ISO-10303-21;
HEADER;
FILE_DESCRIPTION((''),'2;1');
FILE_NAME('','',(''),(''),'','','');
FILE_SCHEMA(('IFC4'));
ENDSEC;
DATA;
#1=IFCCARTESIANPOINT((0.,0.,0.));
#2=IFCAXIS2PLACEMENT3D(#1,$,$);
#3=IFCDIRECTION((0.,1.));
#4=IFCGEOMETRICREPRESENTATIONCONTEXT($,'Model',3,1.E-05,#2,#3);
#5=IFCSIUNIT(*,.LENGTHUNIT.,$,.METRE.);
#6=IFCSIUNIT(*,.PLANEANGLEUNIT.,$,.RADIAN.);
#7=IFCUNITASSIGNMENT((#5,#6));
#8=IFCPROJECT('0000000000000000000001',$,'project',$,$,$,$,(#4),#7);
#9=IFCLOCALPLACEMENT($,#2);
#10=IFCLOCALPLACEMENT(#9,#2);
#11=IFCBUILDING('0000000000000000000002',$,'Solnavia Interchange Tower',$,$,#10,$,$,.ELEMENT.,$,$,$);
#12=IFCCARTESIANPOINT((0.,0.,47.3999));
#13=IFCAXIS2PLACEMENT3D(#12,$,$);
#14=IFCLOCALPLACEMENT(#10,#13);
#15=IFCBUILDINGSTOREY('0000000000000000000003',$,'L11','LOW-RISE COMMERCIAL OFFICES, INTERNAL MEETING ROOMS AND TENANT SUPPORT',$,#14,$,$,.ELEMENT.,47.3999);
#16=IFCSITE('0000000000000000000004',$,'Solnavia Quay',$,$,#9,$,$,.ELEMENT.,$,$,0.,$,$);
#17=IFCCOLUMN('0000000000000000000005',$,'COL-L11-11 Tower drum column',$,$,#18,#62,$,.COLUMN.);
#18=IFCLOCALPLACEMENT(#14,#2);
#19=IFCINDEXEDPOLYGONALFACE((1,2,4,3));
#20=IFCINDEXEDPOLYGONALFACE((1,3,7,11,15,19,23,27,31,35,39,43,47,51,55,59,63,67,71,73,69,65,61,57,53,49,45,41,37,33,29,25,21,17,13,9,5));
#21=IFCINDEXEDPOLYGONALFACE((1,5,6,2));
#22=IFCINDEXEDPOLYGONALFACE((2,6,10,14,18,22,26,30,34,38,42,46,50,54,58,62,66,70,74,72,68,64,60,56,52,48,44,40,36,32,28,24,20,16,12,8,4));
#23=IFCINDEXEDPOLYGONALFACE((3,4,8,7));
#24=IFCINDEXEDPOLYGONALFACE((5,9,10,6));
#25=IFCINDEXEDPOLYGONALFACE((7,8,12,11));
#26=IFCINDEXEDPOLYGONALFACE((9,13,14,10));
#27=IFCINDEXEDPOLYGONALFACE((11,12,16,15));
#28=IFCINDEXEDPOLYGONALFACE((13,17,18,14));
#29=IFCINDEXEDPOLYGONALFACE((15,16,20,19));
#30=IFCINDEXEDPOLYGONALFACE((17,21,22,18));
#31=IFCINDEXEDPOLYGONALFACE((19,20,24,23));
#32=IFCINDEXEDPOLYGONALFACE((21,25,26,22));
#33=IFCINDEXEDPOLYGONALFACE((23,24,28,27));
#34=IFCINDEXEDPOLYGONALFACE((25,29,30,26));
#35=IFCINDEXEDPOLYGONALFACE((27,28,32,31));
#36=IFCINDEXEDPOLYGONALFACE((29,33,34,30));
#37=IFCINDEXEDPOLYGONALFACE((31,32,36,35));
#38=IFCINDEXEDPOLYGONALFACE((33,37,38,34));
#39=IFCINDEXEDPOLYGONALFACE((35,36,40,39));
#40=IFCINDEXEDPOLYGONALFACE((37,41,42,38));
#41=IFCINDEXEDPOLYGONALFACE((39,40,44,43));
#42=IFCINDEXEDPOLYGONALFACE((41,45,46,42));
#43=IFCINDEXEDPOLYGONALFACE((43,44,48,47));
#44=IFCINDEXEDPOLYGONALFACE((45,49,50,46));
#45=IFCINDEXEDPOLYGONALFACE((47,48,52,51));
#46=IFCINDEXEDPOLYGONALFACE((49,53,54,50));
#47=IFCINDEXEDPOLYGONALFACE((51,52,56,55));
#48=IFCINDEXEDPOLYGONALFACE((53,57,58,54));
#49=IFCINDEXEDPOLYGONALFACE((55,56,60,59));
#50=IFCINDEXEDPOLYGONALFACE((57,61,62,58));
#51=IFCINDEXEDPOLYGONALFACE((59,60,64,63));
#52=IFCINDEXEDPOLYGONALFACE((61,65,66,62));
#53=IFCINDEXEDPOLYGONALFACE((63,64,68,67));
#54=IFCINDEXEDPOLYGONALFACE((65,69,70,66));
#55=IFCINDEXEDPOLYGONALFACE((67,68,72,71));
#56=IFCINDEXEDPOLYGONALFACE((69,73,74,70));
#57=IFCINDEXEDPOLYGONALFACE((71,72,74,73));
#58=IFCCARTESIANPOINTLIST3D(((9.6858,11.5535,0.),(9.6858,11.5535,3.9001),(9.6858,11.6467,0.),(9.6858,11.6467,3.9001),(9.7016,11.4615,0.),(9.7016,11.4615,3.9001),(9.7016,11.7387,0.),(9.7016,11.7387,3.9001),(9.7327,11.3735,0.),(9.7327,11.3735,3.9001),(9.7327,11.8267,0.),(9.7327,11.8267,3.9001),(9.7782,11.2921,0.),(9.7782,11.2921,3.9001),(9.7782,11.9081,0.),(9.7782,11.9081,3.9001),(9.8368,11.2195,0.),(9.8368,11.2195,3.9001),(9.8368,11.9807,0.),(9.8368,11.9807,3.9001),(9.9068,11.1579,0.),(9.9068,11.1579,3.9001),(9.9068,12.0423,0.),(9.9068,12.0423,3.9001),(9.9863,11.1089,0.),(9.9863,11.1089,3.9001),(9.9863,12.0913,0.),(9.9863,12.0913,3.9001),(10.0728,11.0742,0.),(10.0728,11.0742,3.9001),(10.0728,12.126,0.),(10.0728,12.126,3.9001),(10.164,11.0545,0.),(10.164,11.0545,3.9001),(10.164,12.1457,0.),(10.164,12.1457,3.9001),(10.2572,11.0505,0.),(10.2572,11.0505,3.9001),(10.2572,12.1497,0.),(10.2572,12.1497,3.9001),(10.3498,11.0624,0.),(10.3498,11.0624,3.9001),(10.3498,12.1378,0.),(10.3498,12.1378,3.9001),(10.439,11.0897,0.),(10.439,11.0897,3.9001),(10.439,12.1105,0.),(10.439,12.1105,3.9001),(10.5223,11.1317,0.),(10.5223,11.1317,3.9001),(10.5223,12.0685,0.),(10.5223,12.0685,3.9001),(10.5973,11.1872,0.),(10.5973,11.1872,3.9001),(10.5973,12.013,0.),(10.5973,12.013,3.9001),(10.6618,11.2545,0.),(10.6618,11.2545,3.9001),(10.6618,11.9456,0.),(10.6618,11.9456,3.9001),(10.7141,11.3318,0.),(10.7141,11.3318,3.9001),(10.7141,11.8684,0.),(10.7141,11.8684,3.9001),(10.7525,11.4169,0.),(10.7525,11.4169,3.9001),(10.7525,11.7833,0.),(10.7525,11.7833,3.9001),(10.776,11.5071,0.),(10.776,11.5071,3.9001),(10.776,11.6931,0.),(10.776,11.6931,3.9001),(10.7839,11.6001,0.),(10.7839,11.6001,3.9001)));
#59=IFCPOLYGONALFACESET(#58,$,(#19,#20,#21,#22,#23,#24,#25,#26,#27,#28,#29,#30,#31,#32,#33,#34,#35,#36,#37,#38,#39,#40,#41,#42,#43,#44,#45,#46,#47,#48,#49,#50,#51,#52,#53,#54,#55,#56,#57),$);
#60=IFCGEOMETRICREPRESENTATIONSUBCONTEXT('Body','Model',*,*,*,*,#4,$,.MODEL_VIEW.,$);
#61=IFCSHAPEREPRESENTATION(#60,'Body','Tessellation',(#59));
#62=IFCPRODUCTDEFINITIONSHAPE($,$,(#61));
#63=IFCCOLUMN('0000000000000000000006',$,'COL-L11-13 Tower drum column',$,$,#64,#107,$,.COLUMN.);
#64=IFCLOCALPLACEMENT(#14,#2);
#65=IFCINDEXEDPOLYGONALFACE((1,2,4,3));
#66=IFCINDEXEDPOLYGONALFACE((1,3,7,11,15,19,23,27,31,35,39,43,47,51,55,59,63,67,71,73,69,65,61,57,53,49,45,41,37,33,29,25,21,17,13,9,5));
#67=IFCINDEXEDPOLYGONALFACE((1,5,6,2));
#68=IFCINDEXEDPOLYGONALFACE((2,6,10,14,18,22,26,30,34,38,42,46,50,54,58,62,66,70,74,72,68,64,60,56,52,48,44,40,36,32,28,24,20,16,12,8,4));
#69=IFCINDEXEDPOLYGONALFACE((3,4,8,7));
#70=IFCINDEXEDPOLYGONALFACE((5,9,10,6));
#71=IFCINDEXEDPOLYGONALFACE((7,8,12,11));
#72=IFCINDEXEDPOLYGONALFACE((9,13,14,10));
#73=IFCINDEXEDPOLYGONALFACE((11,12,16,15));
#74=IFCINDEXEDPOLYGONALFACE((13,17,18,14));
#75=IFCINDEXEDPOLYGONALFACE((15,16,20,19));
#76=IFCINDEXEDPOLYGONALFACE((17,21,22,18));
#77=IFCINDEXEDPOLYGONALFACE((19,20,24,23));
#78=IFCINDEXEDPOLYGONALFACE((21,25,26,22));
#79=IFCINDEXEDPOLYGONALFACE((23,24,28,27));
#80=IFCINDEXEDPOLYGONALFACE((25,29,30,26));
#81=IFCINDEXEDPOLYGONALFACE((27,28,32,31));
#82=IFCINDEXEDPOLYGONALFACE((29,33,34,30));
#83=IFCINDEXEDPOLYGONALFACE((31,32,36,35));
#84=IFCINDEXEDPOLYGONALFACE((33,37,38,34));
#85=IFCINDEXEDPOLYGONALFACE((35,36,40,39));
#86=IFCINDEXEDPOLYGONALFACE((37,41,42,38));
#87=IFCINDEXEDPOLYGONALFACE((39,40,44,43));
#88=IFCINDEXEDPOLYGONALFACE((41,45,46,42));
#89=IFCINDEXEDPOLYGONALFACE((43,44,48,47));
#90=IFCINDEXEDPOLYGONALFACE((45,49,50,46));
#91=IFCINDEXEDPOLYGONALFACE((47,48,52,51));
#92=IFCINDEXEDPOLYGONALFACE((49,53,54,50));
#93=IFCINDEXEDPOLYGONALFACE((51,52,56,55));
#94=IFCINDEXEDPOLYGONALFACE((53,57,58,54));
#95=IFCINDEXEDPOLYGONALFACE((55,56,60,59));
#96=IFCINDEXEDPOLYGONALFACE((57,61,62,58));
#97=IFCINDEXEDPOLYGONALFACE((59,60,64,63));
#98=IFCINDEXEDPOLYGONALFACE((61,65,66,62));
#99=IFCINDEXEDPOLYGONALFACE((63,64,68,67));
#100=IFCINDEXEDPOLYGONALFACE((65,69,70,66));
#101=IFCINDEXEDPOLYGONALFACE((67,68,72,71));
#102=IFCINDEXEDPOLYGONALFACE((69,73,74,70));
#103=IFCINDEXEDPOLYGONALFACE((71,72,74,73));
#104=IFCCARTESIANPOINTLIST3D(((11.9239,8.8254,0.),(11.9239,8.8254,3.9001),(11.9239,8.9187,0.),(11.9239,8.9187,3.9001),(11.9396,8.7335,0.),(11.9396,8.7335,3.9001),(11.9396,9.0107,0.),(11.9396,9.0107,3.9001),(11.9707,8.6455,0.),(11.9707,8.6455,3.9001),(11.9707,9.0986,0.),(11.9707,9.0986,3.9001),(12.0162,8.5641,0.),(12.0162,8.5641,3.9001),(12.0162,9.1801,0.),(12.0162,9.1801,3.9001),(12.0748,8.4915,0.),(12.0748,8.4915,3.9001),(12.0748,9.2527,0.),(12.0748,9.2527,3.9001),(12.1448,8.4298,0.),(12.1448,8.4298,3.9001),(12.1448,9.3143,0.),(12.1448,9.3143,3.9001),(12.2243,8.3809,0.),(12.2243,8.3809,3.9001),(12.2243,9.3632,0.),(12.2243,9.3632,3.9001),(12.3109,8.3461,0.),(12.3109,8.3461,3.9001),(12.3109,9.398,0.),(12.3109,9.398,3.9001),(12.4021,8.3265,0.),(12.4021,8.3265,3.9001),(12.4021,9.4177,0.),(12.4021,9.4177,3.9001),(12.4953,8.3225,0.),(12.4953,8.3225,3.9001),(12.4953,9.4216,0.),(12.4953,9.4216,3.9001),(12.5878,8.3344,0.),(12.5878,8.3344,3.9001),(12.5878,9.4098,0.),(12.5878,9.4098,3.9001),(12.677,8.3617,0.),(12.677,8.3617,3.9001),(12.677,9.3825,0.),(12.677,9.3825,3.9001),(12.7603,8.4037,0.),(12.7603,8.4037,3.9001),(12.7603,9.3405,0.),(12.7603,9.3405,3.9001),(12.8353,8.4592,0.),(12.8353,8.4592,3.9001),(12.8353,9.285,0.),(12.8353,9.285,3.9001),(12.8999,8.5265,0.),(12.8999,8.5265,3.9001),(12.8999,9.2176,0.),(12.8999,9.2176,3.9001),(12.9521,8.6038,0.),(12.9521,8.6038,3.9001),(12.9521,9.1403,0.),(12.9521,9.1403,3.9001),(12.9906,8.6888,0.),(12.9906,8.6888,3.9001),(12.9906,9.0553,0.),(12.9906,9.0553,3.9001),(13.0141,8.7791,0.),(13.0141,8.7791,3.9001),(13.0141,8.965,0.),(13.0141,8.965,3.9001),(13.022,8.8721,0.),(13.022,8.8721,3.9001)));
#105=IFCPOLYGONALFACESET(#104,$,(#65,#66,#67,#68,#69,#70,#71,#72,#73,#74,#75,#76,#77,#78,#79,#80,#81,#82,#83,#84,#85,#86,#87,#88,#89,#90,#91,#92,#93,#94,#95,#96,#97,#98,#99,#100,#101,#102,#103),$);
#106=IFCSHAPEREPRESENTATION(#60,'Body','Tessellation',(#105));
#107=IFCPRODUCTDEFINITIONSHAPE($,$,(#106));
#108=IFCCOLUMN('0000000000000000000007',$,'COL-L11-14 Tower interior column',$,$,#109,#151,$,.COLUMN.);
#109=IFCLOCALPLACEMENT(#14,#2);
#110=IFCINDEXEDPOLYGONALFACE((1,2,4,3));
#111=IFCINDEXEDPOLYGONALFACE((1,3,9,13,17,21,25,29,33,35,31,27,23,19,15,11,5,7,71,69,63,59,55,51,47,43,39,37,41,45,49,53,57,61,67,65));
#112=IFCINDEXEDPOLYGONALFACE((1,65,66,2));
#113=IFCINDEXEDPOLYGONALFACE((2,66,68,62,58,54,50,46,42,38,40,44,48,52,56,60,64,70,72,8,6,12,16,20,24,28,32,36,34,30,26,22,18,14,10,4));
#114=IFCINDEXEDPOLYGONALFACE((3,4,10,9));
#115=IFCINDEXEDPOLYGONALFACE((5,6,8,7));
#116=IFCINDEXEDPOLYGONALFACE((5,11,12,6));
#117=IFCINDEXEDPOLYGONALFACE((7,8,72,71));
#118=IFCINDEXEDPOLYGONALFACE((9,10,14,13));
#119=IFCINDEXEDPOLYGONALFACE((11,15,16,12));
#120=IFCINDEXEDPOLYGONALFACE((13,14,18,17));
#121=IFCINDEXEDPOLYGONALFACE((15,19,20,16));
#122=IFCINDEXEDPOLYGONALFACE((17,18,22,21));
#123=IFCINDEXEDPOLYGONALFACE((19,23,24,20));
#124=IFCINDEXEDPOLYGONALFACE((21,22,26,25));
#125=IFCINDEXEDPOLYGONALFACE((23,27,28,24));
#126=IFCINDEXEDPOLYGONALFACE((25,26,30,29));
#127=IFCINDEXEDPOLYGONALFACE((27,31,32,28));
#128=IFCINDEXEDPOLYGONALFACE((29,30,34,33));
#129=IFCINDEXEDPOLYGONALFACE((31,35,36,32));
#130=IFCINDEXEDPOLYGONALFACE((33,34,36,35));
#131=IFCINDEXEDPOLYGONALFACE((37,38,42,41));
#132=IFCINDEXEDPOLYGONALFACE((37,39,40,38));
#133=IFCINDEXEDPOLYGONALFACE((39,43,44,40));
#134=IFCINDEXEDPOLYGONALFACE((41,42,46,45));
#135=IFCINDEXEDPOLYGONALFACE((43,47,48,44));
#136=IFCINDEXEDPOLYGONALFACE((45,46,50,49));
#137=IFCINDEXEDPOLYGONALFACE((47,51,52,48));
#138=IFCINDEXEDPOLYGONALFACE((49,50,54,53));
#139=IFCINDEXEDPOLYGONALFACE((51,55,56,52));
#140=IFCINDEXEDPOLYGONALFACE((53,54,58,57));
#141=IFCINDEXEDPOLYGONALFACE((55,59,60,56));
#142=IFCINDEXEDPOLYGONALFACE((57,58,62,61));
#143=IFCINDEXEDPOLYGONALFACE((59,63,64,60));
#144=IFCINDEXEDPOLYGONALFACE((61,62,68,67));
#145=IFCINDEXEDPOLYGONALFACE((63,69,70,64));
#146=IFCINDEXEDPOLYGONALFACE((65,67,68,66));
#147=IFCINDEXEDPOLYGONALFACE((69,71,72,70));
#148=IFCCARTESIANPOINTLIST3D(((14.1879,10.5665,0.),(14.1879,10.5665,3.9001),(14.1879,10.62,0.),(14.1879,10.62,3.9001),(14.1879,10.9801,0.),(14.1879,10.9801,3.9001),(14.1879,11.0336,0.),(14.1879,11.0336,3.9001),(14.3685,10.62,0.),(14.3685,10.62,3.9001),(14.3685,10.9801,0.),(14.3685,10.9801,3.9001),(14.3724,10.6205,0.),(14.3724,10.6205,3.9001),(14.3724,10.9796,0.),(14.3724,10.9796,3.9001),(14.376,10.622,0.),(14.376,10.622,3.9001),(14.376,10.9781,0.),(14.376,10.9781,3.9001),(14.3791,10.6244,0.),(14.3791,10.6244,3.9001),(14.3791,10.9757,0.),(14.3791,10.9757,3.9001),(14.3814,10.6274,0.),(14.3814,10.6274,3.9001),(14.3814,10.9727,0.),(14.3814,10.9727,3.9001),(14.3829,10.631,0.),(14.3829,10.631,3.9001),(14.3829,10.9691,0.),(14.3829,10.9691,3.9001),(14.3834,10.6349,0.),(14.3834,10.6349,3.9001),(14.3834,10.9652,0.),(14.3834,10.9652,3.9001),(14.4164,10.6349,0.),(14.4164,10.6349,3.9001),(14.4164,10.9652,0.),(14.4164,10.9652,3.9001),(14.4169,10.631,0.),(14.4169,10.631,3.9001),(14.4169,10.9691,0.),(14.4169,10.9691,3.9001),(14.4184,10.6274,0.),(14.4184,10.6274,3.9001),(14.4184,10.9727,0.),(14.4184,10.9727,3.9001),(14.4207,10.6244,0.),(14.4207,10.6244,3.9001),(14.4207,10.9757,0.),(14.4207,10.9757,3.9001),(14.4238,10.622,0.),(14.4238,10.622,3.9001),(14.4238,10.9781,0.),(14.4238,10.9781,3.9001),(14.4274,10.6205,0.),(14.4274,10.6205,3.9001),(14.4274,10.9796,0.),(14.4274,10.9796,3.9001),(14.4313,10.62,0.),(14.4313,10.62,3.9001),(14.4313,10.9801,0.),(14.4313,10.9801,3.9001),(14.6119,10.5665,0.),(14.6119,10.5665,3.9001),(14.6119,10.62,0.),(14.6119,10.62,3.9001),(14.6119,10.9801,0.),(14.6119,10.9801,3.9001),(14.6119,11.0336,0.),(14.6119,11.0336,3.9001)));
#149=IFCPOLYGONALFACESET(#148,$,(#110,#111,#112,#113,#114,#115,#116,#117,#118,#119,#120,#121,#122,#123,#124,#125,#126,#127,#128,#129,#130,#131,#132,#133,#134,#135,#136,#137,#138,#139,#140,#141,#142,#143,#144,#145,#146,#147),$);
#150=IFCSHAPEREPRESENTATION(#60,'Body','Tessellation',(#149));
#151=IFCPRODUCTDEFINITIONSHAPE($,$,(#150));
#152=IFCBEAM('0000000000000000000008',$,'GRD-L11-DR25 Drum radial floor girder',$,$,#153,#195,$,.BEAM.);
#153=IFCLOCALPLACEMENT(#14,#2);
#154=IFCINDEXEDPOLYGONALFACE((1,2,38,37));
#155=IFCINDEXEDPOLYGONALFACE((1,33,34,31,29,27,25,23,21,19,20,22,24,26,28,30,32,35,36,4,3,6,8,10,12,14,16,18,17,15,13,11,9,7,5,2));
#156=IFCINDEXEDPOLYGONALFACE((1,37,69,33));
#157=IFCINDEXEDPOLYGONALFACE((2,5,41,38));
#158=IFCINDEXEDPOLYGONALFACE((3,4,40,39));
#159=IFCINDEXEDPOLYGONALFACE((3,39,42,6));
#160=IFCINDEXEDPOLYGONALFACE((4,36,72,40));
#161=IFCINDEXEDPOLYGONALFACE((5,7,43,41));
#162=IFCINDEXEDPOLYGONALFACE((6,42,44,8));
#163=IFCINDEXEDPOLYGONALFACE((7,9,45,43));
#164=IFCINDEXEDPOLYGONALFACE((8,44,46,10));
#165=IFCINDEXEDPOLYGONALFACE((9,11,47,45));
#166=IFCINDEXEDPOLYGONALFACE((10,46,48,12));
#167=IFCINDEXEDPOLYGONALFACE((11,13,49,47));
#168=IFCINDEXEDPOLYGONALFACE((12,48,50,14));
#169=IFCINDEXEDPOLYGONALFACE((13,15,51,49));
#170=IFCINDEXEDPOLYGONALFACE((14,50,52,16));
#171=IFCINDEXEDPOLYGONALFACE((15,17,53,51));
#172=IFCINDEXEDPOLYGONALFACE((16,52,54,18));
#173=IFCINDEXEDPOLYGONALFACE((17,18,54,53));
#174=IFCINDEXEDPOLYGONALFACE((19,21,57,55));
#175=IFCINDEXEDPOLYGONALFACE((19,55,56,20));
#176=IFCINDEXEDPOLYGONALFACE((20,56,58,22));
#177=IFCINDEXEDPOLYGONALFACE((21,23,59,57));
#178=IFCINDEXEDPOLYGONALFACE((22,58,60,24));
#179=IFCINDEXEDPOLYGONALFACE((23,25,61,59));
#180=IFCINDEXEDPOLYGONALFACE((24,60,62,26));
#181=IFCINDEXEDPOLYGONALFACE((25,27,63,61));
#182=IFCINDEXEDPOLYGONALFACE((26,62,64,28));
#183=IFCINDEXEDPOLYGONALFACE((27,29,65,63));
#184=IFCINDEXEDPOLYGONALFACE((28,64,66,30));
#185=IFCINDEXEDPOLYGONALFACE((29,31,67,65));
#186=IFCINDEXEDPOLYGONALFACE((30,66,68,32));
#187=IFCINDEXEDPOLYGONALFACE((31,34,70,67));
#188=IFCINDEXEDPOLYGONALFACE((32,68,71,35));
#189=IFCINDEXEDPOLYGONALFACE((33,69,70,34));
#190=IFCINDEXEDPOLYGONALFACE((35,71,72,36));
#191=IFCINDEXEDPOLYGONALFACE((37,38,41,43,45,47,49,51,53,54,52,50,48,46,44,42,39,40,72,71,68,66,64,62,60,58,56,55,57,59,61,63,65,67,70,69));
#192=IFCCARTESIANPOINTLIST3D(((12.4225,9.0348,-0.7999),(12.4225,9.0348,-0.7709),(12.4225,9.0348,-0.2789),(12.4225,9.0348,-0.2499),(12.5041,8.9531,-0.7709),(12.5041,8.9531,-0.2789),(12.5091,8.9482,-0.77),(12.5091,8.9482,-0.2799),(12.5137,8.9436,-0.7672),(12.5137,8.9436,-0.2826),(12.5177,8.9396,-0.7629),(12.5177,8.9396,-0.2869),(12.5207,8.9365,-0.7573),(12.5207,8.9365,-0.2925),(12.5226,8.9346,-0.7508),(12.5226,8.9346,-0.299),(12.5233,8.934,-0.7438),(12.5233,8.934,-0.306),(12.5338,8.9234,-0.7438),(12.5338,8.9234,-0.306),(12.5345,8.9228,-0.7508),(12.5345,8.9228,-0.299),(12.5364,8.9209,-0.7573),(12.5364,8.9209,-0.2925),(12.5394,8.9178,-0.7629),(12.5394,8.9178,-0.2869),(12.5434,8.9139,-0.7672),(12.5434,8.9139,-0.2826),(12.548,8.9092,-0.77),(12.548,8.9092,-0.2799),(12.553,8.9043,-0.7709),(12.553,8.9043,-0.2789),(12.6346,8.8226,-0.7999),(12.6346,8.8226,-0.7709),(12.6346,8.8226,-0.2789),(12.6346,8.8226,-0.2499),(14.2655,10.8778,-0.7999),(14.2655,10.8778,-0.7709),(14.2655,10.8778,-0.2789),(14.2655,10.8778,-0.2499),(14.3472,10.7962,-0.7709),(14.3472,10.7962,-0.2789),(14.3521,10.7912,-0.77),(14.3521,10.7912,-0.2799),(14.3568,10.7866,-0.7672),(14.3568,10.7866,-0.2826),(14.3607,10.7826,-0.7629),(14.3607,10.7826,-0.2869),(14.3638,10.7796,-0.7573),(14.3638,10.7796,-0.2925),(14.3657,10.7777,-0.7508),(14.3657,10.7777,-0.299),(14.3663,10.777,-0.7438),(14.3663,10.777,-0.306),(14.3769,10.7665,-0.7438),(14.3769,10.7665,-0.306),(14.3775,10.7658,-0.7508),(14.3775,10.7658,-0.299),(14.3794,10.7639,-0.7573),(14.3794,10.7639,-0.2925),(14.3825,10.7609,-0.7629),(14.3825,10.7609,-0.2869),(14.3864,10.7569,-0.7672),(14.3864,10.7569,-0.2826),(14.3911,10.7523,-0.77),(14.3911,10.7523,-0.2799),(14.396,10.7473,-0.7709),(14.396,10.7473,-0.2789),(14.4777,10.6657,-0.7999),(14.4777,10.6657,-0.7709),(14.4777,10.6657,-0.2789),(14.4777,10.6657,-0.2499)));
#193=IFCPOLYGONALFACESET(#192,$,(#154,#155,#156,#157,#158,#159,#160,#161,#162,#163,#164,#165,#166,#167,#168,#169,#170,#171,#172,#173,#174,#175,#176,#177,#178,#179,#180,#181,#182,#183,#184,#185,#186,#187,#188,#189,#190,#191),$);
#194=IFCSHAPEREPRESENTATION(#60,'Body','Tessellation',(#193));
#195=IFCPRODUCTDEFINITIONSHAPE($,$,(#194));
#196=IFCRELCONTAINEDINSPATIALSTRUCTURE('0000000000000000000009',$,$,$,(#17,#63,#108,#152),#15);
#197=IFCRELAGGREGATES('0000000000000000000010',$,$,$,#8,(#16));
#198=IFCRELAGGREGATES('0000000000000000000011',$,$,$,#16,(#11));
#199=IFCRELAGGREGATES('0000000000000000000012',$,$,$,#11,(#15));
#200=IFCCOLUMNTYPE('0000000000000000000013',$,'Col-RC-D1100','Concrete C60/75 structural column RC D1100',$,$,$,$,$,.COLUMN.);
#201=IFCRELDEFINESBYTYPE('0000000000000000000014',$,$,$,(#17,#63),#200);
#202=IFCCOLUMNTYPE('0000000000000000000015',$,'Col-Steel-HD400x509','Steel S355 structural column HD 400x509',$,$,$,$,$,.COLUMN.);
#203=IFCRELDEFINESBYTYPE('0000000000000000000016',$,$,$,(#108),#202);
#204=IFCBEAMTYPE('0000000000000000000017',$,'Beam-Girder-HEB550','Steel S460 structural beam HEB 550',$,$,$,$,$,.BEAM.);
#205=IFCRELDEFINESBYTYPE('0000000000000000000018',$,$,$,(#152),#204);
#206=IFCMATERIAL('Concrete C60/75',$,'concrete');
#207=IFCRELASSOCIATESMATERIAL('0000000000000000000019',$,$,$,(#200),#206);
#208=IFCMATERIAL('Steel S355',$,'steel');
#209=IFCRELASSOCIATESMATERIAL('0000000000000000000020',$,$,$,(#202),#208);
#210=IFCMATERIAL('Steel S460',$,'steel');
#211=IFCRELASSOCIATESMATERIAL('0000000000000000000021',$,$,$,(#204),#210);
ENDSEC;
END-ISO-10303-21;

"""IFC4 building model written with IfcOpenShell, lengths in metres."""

from ifc_helpers import new_model, si_unit, direction, frame, origin, origin_2d, place, context, subcontext, project, spatial, circle, i_section, extrude, material, material_profile, profile_set, type_object, element, save


model = new_model("IFC4")

# Units and contexts
model_context = context("Model", 3, precision=1e-05, world=origin(), true_north=direction((0.0, 1.0)))
body_context = subcontext(model_context, "Body", "Model", "MODEL_VIEW")
ifc_project = project(units=[si_unit("LENGTHUNIT", "METRE"), si_unit("PLANEANGLEUNIT", "RADIAN")], contexts=[model_context])

# Site, building, storey
site_placement = place(None, origin())
site = spatial("IfcSite", under=ifc_project, at=site_placement, Name="Solnavia Quay", CompositionType="ELEMENT", RefElevation=0.0)
building_placement = place(site_placement, origin())
building = spatial("IfcBuilding", under=site, at=building_placement, Name="Solnavia Interchange Tower", CompositionType="ELEMENT")
storey_placement = place(building_placement, frame((0.0, 0.0, 47.3999)))
storey = spatial("IfcBuildingStorey", under=building, at=storey_placement, Name="L11", Description="LOW-RISE COMMERCIAL OFFICES, INTERNAL MEETING ROOMS AND TENANT SUPPORT", CompositionType="ELEMENT", Elevation=47.3999)

# Columns
ifc_material_1 = material(Name="Concrete C60/75", Category="concrete")
ifc_material_profile_1 = material_profile(ifc_material_1, circle(Radius=0.55, at=origin_2d()), Name="RC D1100")
ifc_profile_set_1 = profile_set([ifc_material_profile_1], Name="Concrete C60/75")
column_type_1 = type_object("IfcColumnType", Name="Col-RC-D1100", Description="Concrete C60/75 structural column RC D1100", PredefinedType="COLUMN", material=ifc_profile_set_1)
for number, where, z_axis, x_axis, name in (
    (1, (10.2339, 11.6001, 0.0), (0.0, 0.0, 1.0), (1.0, 0.0, 0.0), "COL-L11-11 Tower drum column"),
    (2, (12.4719, 8.8721, 0.0), (0.0, 0.0, 1.0), (1.0, 0.0, 0.0), "COL-L11-13 Tower drum column"),
):
    element("IfcColumn", number, at=place(storey_placement, frame(where, z_axis=z_axis, x_axis=x_axis)), inside=storey, type_object=column_type_1, Name=name, PredefinedType="COLUMN", context=body_context, shape_type="SweptSolid", body=[
        extrude(circle(Radius=0.55, at=origin_2d()), origin(), (0.0, 0.0, 1.0), 3.9001),
    ])
ifc_material_2 = material(Name="Steel S355", Category="steel")
ifc_material_profile_2 = material_profile(ifc_material_2, i_section(OverallWidth=0.4241, OverallDepth=0.467, WebThickness=0.033, FlangeThickness=0.0535, FilletRadius=0.0149, at=origin_2d()), Name="HD 400x509")
ifc_profile_set_2 = profile_set([ifc_material_profile_2], Name="Steel S355")
column_type_2 = type_object("IfcColumnType", Name="Col-Steel-HD400x509", Description="Steel S355 structural column HD 400x509", PredefinedType="COLUMN", material=ifc_profile_set_2)
column_placement = place(storey_placement, frame((14.3999, 10.8, 0.0), z_axis=(0.0, 0.0, 1.0), x_axis=(1.0, 0.0, 0.0)))
element("IfcColumn", 3, at=column_placement, inside=storey, type_object=column_type_2, Name="COL-L11-14 Tower interior column", PredefinedType="COLUMN", context=body_context, shape_type="SweptSolid", body=[
    extrude(i_section(OverallWidth=0.4241, OverallDepth=0.467, WebThickness=0.033, FlangeThickness=0.0535, FilletRadius=0.0149, at=origin_2d()), origin(), (0.0, 0.0, 1.0), 3.9001),
])

# Beam
ifc_material_3 = material(Name="Steel S460", Category="steel")
ifc_material_profile_3 = material_profile(ifc_material_3, i_section(OverallWidth=0.3, OverallDepth=0.55, WebThickness=0.0149, FlangeThickness=0.0291, FilletRadius=0.0271, at=origin_2d()), Name="HEB 550")
ifc_profile_set_3 = profile_set([ifc_material_profile_3], Name="Steel S460")
beam_type_1 = type_object("IfcBeamType", Name="Beam-Girder-HEB550", Description="Steel S460 structural beam HEB 550", PredefinedType="BEAM", material=ifc_profile_set_3)
beam_1_placement = place(storey_placement, frame((12.5286, 8.9287, -0.5249), z_axis=(0.707107, 0.707107, 0.0), x_axis=(-0.707107, 0.707107, 0.0)))
element("IfcBeam", 4, at=beam_1_placement, inside=storey, type_object=beam_type_1, Name="GRD-L11-DR25 Drum radial floor girder", PredefinedType="BEAM", context=body_context, shape_type="SweptSolid", body=[
    extrude(i_section(OverallWidth=0.3, OverallDepth=0.55, WebThickness=0.0149, FlangeThickness=0.0291, FilletRadius=0.0271, at=origin_2d()), origin(), (0.0, 0.0, 1.0), 2.6064),
])

save(model, "model.ifc")
